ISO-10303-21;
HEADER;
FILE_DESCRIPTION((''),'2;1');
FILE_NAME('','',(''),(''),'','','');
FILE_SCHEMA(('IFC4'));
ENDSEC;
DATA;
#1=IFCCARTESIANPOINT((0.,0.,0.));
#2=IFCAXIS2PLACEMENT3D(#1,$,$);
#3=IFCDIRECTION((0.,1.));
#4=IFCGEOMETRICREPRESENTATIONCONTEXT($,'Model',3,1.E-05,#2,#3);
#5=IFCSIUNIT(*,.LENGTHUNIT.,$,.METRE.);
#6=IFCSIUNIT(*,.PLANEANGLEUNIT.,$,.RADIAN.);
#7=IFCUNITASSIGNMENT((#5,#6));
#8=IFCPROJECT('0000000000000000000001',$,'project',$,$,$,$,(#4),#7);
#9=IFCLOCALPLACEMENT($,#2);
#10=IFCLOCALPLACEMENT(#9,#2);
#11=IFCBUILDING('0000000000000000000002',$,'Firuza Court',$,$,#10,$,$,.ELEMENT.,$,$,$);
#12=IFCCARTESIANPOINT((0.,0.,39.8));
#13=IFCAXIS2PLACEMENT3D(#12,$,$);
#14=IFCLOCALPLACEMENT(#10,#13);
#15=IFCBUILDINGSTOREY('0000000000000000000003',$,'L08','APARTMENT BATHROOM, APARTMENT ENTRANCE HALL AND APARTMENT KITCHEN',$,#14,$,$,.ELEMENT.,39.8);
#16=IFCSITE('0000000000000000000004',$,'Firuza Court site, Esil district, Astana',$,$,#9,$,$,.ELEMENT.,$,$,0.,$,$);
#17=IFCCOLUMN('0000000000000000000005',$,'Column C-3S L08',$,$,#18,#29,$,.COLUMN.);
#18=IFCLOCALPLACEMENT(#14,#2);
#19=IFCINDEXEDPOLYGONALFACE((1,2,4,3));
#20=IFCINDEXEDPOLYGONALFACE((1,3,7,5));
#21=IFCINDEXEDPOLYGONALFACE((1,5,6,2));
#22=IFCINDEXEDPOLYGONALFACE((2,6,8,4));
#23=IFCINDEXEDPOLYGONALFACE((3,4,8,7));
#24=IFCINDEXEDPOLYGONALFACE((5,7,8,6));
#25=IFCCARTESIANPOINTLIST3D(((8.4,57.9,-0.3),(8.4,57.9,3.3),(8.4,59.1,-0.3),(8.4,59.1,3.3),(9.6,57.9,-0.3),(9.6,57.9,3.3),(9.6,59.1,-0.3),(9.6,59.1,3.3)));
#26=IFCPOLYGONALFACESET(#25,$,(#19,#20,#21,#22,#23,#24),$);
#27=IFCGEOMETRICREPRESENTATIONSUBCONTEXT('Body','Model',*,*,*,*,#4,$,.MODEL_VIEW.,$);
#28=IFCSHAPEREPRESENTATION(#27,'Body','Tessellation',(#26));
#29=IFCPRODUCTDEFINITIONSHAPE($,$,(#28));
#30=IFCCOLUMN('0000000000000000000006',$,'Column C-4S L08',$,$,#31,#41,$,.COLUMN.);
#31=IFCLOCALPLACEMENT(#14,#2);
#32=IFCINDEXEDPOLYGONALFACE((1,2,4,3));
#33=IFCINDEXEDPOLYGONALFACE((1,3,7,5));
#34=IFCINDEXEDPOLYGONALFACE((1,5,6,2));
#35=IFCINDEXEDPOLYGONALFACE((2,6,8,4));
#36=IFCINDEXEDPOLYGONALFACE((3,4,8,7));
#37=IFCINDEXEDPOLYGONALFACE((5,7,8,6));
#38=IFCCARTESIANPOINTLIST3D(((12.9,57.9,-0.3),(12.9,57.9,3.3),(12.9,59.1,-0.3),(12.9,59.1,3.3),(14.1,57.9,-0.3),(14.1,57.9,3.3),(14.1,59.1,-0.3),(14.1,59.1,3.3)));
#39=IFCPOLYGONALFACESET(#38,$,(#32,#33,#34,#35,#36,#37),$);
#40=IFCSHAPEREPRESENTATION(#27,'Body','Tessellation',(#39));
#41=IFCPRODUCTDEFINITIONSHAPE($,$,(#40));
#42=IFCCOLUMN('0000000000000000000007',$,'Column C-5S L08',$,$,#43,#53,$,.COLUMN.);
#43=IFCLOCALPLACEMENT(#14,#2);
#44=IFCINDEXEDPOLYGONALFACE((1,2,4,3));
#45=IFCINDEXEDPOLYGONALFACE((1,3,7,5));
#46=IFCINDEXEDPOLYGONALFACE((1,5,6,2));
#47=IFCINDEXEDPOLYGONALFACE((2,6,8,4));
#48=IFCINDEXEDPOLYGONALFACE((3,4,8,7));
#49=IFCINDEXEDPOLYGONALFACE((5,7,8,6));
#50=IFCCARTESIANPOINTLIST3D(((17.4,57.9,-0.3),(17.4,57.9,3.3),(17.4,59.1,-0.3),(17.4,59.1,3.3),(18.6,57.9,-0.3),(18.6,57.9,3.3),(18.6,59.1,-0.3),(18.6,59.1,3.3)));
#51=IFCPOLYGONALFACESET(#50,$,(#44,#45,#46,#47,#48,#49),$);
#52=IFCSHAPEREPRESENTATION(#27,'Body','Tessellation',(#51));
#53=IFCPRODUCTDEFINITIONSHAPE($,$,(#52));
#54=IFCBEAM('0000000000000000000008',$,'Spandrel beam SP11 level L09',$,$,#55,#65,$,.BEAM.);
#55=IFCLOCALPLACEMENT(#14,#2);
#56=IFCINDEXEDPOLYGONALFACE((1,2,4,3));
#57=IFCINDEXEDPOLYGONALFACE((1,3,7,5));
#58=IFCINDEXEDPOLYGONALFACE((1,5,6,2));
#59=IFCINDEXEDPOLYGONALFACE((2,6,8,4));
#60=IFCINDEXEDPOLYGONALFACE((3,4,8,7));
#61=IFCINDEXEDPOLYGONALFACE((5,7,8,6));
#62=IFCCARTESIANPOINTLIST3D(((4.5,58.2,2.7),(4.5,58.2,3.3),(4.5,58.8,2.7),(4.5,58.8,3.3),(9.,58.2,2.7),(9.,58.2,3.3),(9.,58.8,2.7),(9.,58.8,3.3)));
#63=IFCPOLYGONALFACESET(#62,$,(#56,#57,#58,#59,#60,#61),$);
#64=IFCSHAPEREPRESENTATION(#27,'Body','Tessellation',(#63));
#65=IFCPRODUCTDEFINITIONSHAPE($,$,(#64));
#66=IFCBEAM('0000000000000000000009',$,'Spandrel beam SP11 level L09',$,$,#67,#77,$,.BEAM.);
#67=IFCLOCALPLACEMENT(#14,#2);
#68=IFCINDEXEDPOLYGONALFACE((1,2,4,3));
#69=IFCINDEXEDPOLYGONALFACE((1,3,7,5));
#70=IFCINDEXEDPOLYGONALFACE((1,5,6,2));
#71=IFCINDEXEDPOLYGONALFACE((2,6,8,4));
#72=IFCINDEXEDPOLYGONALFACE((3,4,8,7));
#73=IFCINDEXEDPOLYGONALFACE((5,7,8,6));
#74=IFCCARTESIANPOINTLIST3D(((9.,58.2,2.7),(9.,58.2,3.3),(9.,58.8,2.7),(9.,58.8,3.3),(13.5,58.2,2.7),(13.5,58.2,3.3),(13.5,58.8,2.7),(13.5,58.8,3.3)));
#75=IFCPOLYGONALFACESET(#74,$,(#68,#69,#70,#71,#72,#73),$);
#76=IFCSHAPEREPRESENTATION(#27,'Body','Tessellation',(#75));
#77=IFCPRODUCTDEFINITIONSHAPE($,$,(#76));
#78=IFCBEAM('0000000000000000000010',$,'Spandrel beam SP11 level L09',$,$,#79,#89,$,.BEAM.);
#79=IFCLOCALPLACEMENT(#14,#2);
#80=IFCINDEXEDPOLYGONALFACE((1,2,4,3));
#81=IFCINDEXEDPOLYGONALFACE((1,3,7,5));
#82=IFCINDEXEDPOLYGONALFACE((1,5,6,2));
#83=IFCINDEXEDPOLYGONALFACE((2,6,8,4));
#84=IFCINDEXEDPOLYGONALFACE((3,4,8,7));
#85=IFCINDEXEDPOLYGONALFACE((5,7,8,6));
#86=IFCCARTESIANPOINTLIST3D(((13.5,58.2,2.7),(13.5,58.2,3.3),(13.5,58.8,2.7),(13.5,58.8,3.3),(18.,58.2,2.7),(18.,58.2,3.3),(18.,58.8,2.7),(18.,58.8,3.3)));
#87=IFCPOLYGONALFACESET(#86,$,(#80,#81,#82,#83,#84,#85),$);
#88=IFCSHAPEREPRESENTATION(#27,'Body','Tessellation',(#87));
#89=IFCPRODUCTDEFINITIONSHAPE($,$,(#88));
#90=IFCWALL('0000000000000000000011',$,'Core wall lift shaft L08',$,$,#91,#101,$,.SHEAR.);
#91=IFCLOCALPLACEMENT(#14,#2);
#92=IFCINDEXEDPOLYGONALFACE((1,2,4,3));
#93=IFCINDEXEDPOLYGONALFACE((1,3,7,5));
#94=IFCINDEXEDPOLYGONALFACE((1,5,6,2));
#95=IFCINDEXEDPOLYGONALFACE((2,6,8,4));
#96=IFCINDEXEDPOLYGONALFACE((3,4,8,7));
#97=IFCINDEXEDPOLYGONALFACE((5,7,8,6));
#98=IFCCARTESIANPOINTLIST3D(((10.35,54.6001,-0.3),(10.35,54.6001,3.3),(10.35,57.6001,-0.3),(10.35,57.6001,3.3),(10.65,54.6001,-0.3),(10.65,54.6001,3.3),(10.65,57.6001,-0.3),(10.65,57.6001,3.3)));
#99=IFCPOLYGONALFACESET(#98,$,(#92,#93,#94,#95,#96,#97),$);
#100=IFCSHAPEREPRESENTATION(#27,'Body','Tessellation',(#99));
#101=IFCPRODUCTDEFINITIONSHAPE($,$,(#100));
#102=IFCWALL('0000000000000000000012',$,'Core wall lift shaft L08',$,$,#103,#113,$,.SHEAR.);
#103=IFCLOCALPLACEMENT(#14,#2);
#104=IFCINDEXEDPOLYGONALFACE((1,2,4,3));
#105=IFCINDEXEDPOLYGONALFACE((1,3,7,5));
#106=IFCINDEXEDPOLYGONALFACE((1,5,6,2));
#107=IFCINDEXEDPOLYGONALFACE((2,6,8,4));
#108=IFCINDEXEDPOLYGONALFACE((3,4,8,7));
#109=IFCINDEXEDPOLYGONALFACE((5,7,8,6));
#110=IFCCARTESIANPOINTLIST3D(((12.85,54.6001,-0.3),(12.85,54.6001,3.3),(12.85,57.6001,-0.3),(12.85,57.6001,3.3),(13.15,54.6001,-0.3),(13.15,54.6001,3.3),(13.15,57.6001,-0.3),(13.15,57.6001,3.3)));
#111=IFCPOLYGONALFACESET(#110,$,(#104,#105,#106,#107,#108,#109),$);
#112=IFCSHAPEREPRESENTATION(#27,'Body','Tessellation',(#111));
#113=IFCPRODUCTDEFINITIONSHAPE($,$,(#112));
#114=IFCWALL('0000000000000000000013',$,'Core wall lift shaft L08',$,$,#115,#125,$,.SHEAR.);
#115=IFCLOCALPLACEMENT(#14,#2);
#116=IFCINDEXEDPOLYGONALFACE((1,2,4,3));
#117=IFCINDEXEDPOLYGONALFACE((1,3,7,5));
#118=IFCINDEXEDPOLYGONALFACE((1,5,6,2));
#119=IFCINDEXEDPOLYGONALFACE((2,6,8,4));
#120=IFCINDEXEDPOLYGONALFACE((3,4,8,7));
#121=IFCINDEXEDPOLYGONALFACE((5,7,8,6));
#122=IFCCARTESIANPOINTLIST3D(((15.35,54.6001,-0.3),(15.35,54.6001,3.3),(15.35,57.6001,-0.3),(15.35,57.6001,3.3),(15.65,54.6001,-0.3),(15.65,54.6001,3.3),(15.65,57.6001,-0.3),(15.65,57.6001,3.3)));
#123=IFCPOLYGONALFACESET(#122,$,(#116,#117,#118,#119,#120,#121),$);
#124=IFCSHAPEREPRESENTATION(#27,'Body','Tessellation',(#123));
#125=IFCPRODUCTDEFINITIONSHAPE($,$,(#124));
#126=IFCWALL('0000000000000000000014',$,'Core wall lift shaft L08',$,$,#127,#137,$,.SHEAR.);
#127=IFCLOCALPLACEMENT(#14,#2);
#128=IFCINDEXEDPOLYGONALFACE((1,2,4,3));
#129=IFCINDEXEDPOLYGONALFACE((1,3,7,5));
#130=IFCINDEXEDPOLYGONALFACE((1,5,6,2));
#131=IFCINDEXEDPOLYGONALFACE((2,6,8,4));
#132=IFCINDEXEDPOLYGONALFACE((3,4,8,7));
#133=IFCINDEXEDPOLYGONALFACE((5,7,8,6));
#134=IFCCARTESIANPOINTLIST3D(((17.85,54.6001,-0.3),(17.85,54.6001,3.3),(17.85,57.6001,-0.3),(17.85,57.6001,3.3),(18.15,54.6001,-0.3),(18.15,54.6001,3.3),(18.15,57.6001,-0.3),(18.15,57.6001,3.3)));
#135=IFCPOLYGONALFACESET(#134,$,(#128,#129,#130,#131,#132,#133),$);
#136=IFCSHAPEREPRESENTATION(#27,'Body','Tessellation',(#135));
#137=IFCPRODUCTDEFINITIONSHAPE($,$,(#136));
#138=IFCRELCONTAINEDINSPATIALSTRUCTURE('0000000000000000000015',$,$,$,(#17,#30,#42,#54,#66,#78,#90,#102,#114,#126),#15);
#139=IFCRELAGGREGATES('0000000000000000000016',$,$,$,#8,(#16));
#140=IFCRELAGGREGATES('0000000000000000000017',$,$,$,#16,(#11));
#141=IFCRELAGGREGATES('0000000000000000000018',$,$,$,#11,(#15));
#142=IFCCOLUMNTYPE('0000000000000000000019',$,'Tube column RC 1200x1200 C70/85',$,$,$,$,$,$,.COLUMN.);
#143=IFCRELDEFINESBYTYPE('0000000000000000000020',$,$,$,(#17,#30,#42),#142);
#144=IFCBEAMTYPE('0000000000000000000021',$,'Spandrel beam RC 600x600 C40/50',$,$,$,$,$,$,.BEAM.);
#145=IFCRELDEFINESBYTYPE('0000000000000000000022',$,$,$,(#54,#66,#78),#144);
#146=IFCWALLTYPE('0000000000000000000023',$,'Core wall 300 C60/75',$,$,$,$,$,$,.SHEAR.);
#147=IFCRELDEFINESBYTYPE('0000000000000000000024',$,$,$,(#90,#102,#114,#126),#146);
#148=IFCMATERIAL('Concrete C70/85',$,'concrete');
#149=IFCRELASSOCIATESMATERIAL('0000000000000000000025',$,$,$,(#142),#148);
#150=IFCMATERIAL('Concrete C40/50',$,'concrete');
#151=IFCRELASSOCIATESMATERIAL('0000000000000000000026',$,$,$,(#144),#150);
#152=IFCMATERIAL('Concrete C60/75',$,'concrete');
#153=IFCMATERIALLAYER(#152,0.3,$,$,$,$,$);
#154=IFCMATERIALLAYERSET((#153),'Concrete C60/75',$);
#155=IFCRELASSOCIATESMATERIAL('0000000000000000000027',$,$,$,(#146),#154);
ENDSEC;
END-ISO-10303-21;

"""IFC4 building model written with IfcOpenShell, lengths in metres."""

from ifc_helpers import new_model, si_unit, direction, frame, frame_2d, origin, origin_2d, place, context, subcontext, project, spatial, rectangle, extrude, material, layer, layer_set, material_profile, profile_set, type_object, element, save


model = new_model("IFC4")

# Units and contexts
model_context = context("Model", 3, precision=1e-05, world=origin(), true_north=direction((0.0, 1.0)))
body_context = subcontext(model_context, "Body", "Model", "MODEL_VIEW")
ifc_project = project(units=[si_unit("LENGTHUNIT", "METRE"), si_unit("PLANEANGLEUNIT", "RADIAN")], contexts=[model_context])

# Site, building, storey
site_placement = place(None, origin())
site = spatial("IfcSite", under=ifc_project, at=site_placement, Name="Firuza Court site, Esil district, Astana", CompositionType="ELEMENT", RefElevation=0.0)
building_placement = place(site_placement, origin())
building = spatial("IfcBuilding", under=site, at=building_placement, Name="Firuza Court", CompositionType="ELEMENT")
storey_placement = place(building_placement, frame((0.0, 0.0, 39.8)))
storey = spatial("IfcBuildingStorey", under=building, at=storey_placement, Name="L08", Description="APARTMENT BATHROOM, APARTMENT ENTRANCE HALL AND APARTMENT KITCHEN", CompositionType="ELEMENT", Elevation=39.8)

# Columns
ifc_material_1 = material(Name="Concrete C70/85", Category="concrete")
ifc_material_profile_1 = material_profile(ifc_material_1, rectangle(XDim=1.2, YDim=1.2, at=origin_2d()), Name="RC 1200x1200")
ifc_profile_set_1 = profile_set([ifc_material_profile_1], Name="Concrete C70/85")
column_type = type_object("IfcColumnType", Name="Tube column RC 1200x1200 C70/85", PredefinedType="COLUMN", material=ifc_profile_set_1)
for number, where, z_axis, x_axis, name in (
    (1, (9.0, 58.5, -0.3), (0.0, 0.0, 1.0), (1.0, 0.0, 0.0), "Column C-3S L08"),
    (2, (13.5, 58.5, -0.3), (0.0, 0.0, 1.0), (1.0, 0.0, 0.0), "Column C-4S L08"),
    (3, (18.0, 58.5, -0.3), (0.0, 0.0, 1.0), (1.0, 0.0, 0.0), "Column C-5S L08"),
):
    element("IfcColumn", number, at=place(storey_placement, frame(where, z_axis=z_axis, x_axis=x_axis)), inside=storey, type_object=column_type, Name=name, PredefinedType="COLUMN", context=body_context, shape_type="SweptSolid", body=[
        extrude(rectangle(XDim=1.2, YDim=1.2, at=origin_2d()), origin(), (0.0, 0.0, 1.0), 3.6001),
    ])

# Beams
ifc_material_2 = material(Name="Concrete C40/50", Category="concrete")
ifc_material_profile_2 = material_profile(ifc_material_2, rectangle(XDim=0.6001, YDim=0.6001, at=origin_2d()), Name="RC 600x600")
ifc_profile_set_2 = profile_set([ifc_material_profile_2], Name="Concrete C40/50")
beam_type = type_object("IfcBeamType", Name="Spandrel beam RC 600x600 C40/50", PredefinedType="BEAM", material=ifc_profile_set_2)
for number, where, z_axis, x_axis, name in (
    (4, (9.0, 58.5, 3.0), (-1.0, 0.0, 0.0), (0.0, -1.0, 0.0), "Spandrel beam SP11 level L09"),
    (5, (13.5, 58.5, 3.0), (-1.0, 0.0, 0.0), (0.0, -1.0, 0.0), "Spandrel beam SP11 level L09"),
    (6, (18.0, 58.5, 3.0), (-1.0, 0.0, 0.0), (0.0, -1.0, 0.0), "Spandrel beam SP11 level L09"),
):
    element("IfcBeam", number, at=place(storey_placement, frame(where, z_axis=z_axis, x_axis=x_axis)), inside=storey, type_object=beam_type, Name=name, PredefinedType="BEAM", context=body_context, shape_type="SweptSolid", body=[
        extrude(rectangle(XDim=0.6001, YDim=0.6001, at=origin_2d()), origin(), (0.0, 0.0, 1.0), 4.5),
    ])

# Walls
ifc_material_3 = material(Name="Concrete C60/75", Category="concrete")
ifc_layer_1 = layer(ifc_material_3, 0.3)
ifc_layer_set_1 = layer_set([ifc_layer_1], Name="Concrete C60/75")
wall_type_1 = type_object("IfcWallType", Name="Core wall 300 C60/75", PredefinedType="SHEAR", material=ifc_layer_set_1)
for number, where, z_axis, x_axis, name in (
    (7, (10.5, 54.6001, -0.3), (0.0, 0.0, 1.0), (0.0, 1.0, 0.0), "Core wall lift shaft L08"),
    (8, (13.0, 54.6001, -0.3), (0.0, 0.0, 1.0), (0.0, 1.0, 0.0), "Core wall lift shaft L08"),
    (9, (15.5, 54.6001, -0.3), (0.0, 0.0, 1.0), (0.0, 1.0, 0.0), "Core wall lift shaft L08"),
    (10, (18.0, 54.6001, -0.3), (0.0, 0.0, 1.0), (0.0, 1.0, 0.0), "Core wall lift shaft L08"),
):
    element("IfcWall", number, at=place(storey_placement, frame(where, z_axis=z_axis, x_axis=x_axis)), inside=storey, type_object=wall_type_1, Name=name, PredefinedType="SHEAR", context=body_context, shape_type="SweptSolid", body=[
        extrude(rectangle(XDim=3.0, YDim=0.3, at=frame_2d((1.5, 0.0))), origin(), (0.0, 0.0, 1.0), 3.6001),
    ])

save(model, "model.ifc")
